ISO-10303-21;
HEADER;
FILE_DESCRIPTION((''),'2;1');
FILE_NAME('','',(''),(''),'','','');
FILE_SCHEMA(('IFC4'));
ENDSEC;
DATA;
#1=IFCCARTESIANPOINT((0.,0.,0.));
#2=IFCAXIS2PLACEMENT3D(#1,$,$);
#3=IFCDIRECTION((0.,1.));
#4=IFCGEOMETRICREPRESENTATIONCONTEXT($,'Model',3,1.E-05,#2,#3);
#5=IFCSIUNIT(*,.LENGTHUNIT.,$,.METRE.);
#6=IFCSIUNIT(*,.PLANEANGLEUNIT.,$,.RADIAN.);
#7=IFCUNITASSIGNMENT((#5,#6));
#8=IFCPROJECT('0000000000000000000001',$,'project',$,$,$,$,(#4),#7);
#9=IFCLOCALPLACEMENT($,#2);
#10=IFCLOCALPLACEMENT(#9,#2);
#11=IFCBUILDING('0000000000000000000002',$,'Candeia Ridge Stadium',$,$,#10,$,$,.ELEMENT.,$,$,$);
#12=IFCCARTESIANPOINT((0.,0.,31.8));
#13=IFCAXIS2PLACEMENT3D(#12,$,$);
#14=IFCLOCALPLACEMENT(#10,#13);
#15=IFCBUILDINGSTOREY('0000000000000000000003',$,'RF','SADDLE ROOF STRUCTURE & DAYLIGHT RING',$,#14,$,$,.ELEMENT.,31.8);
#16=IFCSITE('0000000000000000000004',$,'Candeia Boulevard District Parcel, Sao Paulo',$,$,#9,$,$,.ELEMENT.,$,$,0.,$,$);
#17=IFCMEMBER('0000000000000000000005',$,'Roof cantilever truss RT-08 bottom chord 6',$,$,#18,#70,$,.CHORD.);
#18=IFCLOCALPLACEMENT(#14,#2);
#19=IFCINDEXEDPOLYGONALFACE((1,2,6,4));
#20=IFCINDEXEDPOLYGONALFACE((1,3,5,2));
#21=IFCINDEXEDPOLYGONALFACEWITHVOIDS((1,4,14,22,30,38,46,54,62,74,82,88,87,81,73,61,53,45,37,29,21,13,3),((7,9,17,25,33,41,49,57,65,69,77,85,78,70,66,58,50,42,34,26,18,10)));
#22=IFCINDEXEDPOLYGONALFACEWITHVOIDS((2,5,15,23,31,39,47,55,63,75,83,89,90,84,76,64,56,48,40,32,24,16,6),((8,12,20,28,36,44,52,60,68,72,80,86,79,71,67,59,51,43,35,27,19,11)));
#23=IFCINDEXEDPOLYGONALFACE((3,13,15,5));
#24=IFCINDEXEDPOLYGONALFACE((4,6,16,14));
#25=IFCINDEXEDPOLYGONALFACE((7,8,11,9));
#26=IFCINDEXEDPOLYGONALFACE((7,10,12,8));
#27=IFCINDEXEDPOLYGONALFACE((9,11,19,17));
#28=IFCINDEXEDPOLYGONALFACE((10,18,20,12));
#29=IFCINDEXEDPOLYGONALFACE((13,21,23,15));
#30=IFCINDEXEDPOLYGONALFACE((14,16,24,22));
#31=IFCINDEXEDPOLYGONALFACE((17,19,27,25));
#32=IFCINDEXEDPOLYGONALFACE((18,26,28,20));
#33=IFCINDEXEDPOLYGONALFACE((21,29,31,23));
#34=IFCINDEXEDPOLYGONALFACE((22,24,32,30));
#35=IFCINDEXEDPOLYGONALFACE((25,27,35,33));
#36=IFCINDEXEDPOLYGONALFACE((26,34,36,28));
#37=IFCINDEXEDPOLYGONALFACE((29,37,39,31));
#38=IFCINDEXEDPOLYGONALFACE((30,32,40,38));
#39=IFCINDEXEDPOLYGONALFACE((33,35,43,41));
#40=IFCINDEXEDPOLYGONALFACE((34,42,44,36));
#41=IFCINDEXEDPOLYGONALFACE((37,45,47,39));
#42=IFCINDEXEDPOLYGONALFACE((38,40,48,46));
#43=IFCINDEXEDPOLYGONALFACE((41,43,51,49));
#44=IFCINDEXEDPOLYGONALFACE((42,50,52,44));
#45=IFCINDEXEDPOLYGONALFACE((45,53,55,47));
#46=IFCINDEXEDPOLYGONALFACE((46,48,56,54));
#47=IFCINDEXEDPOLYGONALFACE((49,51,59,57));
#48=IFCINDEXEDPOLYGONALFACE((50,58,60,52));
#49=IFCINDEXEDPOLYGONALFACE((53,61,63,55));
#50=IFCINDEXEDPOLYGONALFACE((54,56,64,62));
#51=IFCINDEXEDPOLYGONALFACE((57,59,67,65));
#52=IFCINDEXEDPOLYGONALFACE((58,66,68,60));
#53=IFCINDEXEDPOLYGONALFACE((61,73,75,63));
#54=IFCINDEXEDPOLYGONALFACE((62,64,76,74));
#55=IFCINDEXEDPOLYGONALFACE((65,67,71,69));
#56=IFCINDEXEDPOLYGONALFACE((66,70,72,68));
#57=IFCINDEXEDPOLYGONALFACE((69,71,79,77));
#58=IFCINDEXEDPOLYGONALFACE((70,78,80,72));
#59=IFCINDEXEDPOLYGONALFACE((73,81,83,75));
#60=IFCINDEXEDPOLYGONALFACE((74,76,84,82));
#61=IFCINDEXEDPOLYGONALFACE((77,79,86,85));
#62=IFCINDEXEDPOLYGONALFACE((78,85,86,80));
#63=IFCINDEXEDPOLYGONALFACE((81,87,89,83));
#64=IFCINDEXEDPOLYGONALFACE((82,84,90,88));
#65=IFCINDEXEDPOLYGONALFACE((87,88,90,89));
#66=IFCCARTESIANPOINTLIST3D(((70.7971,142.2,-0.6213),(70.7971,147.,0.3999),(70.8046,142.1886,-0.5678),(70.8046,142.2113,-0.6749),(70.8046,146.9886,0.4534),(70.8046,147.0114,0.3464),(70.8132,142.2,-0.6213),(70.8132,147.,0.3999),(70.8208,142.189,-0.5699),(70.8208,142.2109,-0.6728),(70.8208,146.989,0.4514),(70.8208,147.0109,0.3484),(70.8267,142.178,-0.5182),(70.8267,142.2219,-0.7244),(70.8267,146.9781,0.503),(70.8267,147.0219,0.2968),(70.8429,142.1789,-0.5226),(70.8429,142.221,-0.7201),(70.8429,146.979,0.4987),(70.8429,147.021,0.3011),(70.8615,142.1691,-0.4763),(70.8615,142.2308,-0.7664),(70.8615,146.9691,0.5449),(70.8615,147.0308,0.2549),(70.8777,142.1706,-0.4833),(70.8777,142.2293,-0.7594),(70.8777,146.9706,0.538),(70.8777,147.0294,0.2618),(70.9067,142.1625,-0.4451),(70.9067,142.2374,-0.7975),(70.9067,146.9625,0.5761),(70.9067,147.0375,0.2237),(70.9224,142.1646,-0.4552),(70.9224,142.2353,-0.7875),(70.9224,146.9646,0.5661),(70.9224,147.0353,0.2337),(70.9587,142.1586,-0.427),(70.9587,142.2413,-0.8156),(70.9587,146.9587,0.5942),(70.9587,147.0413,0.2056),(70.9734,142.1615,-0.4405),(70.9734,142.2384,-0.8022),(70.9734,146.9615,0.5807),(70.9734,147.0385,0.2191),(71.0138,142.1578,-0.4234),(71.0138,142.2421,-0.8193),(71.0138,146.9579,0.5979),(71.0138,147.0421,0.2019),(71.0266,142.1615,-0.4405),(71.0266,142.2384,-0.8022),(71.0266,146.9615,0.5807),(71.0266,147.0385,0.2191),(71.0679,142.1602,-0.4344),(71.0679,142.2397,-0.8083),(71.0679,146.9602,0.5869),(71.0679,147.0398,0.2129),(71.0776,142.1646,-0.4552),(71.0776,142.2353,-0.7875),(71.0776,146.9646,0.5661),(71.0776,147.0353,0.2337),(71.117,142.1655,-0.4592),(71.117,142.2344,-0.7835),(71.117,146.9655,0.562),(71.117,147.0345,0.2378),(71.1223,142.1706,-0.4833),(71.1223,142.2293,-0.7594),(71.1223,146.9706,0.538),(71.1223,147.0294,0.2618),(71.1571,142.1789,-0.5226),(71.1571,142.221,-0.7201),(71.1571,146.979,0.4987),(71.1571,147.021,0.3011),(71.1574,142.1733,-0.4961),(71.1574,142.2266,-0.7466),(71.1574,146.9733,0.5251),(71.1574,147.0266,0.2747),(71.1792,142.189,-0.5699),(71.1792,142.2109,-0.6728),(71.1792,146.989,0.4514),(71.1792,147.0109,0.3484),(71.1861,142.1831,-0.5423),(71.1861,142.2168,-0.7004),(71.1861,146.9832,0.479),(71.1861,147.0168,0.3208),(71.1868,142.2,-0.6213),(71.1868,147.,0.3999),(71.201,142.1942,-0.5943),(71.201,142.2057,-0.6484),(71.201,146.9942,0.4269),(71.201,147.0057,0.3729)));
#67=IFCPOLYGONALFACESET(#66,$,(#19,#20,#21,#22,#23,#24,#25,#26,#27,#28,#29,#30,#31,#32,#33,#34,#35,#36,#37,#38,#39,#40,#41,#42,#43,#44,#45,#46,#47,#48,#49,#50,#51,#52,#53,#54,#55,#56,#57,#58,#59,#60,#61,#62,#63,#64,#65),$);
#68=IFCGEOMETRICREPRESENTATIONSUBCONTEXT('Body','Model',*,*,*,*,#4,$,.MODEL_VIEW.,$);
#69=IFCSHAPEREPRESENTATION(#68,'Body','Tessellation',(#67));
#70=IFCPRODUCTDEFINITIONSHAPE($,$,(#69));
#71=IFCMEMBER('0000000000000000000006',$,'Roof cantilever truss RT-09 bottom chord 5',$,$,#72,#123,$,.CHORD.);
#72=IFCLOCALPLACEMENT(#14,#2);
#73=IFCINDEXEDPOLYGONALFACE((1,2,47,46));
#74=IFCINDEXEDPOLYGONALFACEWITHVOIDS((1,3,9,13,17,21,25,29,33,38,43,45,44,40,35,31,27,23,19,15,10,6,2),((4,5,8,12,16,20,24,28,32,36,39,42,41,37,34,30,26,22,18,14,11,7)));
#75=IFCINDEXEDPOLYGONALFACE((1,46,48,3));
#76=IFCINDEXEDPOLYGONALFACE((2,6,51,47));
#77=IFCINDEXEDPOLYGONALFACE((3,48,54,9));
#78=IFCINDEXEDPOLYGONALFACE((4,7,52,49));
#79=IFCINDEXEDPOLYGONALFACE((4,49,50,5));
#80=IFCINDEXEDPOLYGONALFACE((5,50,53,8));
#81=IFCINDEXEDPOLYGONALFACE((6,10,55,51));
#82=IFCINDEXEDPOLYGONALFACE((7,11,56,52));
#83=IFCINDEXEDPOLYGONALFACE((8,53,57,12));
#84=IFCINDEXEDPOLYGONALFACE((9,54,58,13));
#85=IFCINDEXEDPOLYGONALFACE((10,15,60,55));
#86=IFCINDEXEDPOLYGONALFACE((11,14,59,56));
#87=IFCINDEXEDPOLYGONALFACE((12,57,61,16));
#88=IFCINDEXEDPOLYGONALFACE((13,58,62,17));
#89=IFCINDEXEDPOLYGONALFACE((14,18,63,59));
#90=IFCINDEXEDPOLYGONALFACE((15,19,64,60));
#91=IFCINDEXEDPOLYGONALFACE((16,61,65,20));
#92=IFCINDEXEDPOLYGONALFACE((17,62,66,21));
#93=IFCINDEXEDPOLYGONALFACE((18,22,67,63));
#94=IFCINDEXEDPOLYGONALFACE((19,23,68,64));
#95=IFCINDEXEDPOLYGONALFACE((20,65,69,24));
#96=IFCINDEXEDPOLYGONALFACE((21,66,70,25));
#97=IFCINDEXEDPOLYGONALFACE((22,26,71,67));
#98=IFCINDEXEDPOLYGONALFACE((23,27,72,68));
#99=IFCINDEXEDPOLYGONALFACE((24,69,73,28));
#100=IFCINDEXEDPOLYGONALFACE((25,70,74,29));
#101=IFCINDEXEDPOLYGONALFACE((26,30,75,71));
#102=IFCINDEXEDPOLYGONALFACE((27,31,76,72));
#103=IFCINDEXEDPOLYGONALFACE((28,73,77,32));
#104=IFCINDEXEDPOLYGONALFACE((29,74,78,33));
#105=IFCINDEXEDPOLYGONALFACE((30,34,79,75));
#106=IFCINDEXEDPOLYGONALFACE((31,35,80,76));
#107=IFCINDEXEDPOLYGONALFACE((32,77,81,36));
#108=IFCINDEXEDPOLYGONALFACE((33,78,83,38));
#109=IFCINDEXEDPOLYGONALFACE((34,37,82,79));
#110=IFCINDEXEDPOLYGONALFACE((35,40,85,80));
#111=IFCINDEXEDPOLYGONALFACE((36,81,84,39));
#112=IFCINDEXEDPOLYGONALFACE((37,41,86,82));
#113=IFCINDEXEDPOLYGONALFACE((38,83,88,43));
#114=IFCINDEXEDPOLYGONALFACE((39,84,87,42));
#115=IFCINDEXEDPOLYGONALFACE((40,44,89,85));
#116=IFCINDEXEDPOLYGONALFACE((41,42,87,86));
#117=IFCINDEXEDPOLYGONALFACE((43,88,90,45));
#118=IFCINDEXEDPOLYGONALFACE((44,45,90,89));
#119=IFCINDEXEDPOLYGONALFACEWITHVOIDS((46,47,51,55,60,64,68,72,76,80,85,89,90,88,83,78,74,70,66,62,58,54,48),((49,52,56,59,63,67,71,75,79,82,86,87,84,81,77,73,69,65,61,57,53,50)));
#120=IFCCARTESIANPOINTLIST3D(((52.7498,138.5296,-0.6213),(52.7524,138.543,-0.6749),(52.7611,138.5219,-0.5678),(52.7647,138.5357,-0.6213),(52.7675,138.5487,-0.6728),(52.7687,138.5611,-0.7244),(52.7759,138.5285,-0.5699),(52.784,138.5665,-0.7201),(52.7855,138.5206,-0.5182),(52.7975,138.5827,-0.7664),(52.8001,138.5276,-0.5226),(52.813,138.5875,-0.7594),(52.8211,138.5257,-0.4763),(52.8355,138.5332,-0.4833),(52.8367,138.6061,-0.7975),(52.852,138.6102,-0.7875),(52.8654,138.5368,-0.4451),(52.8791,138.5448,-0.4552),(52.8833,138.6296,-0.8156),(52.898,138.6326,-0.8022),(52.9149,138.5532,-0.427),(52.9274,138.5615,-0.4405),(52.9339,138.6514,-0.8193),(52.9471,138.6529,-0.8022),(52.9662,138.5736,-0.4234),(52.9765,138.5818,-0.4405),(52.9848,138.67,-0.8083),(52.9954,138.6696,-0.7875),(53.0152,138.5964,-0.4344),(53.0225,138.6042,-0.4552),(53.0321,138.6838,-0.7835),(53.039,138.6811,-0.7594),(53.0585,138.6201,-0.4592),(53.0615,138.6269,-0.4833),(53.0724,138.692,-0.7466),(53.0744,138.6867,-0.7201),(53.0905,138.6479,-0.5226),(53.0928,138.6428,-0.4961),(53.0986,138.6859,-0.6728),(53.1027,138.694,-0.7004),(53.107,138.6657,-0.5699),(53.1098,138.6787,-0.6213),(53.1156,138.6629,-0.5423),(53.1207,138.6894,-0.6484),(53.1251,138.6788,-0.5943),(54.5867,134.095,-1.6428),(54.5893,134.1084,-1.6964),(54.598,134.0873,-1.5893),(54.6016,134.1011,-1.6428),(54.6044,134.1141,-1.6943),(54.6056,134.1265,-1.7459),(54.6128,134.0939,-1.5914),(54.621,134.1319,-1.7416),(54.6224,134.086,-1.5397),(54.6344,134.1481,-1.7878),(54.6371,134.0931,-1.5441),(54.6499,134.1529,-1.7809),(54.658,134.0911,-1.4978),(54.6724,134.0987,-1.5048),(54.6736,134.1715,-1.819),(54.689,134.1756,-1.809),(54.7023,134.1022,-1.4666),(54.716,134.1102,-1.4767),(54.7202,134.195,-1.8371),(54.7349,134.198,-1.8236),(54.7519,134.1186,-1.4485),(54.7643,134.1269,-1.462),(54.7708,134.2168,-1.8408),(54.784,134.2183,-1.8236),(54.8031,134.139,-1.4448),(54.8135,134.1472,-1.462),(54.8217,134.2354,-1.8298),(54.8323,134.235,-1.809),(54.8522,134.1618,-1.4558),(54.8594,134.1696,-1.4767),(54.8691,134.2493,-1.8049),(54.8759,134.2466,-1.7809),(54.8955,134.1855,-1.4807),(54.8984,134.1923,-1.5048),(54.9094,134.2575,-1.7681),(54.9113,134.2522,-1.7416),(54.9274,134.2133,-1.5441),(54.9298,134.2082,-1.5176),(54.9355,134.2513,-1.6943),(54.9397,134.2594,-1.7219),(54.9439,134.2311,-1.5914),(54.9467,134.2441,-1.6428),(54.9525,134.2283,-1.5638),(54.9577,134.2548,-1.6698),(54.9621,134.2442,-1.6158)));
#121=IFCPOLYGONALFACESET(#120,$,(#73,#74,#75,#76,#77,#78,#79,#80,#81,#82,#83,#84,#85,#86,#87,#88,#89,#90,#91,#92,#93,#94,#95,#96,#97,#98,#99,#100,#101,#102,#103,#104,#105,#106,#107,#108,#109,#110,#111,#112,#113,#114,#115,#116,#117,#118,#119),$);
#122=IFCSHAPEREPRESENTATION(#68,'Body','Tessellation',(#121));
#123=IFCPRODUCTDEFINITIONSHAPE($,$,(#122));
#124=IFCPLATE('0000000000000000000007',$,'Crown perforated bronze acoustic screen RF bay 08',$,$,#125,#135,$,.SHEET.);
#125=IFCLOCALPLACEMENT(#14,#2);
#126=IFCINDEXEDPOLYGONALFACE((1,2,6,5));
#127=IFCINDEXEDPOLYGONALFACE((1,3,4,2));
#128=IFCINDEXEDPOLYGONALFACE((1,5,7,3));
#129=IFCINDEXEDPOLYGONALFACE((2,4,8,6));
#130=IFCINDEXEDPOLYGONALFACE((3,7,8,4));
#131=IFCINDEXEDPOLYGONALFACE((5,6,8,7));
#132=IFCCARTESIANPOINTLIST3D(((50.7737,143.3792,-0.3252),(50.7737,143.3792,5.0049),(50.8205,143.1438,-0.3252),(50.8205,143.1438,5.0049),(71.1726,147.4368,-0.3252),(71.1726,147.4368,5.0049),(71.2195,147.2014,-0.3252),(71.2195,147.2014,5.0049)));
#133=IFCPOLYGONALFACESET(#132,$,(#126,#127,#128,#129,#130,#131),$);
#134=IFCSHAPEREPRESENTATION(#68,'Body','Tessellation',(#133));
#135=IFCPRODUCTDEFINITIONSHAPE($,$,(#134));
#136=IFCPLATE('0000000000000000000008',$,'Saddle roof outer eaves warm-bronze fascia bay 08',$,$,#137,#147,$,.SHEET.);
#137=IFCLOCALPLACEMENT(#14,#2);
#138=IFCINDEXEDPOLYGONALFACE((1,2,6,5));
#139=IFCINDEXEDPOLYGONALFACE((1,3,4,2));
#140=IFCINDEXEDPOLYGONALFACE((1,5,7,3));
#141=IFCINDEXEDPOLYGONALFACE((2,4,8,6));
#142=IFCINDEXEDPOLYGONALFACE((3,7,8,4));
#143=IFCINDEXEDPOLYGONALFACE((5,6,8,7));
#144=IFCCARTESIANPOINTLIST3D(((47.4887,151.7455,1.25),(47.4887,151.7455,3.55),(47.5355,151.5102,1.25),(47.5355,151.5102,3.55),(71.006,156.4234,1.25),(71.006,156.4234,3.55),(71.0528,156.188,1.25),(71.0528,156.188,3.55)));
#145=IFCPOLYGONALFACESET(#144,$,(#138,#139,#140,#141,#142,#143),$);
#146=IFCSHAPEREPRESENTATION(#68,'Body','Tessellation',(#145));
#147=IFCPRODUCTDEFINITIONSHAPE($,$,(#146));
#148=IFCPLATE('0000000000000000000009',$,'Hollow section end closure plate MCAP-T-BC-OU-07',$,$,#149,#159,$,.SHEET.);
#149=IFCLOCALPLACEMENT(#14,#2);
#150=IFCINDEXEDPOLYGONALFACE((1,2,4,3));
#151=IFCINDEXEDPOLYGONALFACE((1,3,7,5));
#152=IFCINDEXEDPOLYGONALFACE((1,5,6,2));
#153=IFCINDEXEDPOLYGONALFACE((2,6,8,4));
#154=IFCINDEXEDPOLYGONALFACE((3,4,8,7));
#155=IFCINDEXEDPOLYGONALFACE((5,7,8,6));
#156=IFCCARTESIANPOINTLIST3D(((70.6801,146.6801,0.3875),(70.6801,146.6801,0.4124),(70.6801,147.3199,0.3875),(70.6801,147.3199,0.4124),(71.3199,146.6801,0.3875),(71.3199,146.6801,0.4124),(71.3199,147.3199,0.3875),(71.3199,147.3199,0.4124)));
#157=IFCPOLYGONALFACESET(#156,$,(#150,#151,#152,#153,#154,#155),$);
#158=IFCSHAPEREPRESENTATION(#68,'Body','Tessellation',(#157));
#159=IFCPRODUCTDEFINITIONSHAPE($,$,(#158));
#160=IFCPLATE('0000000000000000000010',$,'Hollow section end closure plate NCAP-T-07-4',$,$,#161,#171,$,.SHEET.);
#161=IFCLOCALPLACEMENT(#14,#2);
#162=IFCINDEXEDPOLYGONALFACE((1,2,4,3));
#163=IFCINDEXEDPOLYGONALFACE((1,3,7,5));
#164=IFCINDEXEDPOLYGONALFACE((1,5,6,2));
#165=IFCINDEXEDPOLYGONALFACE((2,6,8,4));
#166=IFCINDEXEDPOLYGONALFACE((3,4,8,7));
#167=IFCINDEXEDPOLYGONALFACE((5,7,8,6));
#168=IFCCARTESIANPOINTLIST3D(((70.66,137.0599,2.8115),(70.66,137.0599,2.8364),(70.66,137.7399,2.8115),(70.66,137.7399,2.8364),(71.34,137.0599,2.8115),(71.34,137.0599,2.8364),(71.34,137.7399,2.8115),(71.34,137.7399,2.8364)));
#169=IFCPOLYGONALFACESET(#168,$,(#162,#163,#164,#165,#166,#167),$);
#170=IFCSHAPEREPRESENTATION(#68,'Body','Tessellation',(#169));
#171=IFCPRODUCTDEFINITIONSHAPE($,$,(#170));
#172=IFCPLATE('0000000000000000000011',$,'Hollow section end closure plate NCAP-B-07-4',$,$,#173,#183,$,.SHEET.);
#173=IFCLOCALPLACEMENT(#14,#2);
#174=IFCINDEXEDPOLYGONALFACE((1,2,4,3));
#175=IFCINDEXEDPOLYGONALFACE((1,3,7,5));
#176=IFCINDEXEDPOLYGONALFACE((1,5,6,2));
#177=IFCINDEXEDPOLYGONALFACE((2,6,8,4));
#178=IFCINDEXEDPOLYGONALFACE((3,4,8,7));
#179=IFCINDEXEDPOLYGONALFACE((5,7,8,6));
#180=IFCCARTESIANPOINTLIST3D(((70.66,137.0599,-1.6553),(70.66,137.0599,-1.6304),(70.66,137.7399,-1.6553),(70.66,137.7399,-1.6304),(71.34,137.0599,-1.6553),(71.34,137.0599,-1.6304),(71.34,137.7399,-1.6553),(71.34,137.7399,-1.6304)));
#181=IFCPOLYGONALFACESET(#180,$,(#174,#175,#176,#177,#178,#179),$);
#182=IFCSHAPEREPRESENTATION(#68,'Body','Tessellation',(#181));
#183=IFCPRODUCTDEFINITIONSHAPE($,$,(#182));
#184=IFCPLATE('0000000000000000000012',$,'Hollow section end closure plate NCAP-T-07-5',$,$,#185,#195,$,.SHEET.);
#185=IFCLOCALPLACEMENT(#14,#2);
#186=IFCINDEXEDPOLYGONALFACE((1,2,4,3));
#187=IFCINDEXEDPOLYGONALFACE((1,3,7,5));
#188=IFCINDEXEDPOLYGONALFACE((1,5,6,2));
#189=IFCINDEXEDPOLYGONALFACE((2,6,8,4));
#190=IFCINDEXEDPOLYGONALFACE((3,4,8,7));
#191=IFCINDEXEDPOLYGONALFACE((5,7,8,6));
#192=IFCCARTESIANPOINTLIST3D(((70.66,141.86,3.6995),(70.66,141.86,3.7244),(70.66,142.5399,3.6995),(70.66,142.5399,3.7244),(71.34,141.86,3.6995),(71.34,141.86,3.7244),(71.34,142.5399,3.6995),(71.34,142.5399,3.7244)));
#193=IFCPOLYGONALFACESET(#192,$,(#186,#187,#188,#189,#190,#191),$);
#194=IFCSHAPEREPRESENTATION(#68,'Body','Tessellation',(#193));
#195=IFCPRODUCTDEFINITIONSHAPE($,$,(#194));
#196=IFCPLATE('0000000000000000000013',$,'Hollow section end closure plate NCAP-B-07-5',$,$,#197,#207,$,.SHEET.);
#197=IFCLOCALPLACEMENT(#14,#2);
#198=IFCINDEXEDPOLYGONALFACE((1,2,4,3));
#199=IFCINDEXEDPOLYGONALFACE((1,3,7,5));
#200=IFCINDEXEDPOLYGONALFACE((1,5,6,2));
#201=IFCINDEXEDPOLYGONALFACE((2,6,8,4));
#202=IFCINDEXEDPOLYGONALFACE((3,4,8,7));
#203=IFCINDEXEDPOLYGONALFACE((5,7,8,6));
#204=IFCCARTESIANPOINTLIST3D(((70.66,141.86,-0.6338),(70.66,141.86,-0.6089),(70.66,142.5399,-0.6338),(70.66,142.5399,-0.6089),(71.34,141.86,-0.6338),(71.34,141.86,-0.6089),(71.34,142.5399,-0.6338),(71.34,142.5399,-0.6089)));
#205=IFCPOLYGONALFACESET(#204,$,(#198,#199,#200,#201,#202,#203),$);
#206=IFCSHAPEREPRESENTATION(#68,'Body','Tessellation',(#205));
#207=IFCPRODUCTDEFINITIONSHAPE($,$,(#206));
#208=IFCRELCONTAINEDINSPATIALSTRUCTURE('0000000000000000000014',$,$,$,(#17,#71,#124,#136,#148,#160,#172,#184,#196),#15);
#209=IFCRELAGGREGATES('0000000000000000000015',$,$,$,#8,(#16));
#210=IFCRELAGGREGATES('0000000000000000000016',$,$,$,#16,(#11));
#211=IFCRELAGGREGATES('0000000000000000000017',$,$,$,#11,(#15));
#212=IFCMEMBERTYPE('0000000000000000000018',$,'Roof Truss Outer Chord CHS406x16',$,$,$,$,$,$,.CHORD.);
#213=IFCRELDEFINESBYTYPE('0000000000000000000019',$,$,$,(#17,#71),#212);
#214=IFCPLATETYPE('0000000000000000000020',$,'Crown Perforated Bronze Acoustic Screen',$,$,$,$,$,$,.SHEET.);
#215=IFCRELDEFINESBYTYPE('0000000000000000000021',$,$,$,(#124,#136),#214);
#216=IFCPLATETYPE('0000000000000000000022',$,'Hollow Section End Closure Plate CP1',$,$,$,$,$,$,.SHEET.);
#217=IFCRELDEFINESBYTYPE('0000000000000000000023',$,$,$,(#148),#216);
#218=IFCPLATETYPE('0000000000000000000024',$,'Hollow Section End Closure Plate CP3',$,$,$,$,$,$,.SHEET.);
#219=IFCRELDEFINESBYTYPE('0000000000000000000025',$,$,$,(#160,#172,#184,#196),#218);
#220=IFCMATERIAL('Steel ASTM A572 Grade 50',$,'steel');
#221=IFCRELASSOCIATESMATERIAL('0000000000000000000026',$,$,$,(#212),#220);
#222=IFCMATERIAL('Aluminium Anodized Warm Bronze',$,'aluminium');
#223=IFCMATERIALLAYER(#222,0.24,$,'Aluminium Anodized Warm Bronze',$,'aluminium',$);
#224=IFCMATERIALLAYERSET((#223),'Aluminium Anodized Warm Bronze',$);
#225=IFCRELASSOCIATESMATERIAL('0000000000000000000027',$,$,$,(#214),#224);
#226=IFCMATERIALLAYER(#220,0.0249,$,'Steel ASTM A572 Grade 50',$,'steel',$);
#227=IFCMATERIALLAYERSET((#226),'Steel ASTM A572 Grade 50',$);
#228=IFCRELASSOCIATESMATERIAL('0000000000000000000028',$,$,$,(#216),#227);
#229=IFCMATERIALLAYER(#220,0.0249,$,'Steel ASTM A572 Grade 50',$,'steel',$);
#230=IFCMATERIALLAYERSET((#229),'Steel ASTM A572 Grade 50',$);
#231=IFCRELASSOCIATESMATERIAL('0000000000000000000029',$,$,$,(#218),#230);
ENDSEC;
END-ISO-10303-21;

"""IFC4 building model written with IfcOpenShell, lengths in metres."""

from ifc_helpers import new_model, si_unit, direction, frame, origin, origin_2d, place, context, subcontext, project, spatial, rectangle, hollow_circle, extrude, material, layer, layer_set, material_profile, profile_set, type_object, element, save


model = new_model("IFC4")

# Units and contexts
model_context = context("Model", 3, precision=1e-05, world=origin(), true_north=direction((0.0, 1.0)))
body_context = subcontext(model_context, "Body", "Model", "MODEL_VIEW")
ifc_project = project(units=[si_unit("LENGTHUNIT", "METRE"), si_unit("PLANEANGLEUNIT", "RADIAN")], contexts=[model_context])

# Site, building, storey
site_placement = place(None, origin())
site = spatial("IfcSite", under=ifc_project, at=site_placement, Name="Candeia Boulevard District Parcel, Sao Paulo", CompositionType="ELEMENT", RefElevation=0.0)
building_placement = place(site_placement, origin())
building = spatial("IfcBuilding", under=site, at=building_placement, Name="Candeia Ridge Stadium", CompositionType="ELEMENT")
storey_placement = place(building_placement, frame((0.0, 0.0, 31.8)))
storey = spatial("IfcBuildingStorey", under=building, at=storey_placement, Name="RF", Description="SADDLE ROOF STRUCTURE & DAYLIGHT RING", CompositionType="ELEMENT", Elevation=31.8)

# Shared definitions
ifc_material_1 = material(Name="Steel ASTM A572 Grade 50", Category="steel")

# Members
ifc_material_profile_1 = material_profile(ifc_material_1, hollow_circle(Radius=0.2029, WallThickness=0.0161, at=origin_2d()), Name="CHS406x16", Category="steel")
ifc_profile_set_1 = profile_set([ifc_material_profile_1], Name="Steel ASTM A572 Grade 50")
member_type_1 = type_object("IfcMemberType", Name="Roof Truss Outer Chord CHS406x16", PredefinedType="CHORD", material=ifc_profile_set_1)
for number, where, z_axis, x_axis, name in (
    (1, (71.0, 142.2, -0.6213), (0.0, 0.978108, 0.208099), (-1.0, 0.0, 0.0), "Roof cantilever truss RT-08 bottom chord 6"),
    (2, (54.7742, 134.1726, -1.6428), (-0.374311, 0.90364, 0.20815), (-0.923875, -0.382693, 0.0), "Roof cantilever truss RT-09 bottom chord 5"),
):
    element("IfcMember", number, at=place(storey_placement, frame(where, z_axis=z_axis, x_axis=x_axis)), inside=storey, type_object=member_type_1, Name=name, PredefinedType="CHORD", context=body_context, shape_type="SweptSolid", body=[
        extrude(hollow_circle(Radius=0.2029, WallThickness=0.0161, at=origin_2d()), origin(), (0.0, 0.0, 1.0), 4.9075),
    ])

# Plates
ifc_material_2 = material(Name="Aluminium Anodized Warm Bronze", Category="aluminium")
ifc_layer_1 = layer(ifc_material_2, 0.24, Name="Aluminium Anodized Warm Bronze", Category="aluminium")
ifc_layer_set_1 = layer_set([ifc_layer_1], Name="Aluminium Anodized Warm Bronze")
plate_type_1 = type_object("IfcPlateType", Name="Crown Perforated Bronze Acoustic Screen", PredefinedType="SHEET", material=ifc_layer_set_1)
plate_1_placement = place(storey_placement, frame((60.9966, 145.2903, -0.3252), z_axis=(0.0, 0.0, 1.0), x_axis=(-0.980785, -0.19509, 0.0)))
element("IfcPlate", 3, at=plate_1_placement, inside=storey, type_object=plate_type_1, Name="Crown perforated bronze acoustic screen RF bay 08", PredefinedType="SHEET", context=body_context, shape_type="SweptSolid", body=[
    extrude(rectangle(XDim=20.7986, YDim=0.24, at=origin_2d()), origin(), (0.0, 0.0, 1.0), 5.3301),
])
plate_2_placement = place(storey_placement, frame((59.2708, 153.9668, 1.25), z_axis=(0.0, 0.0, 1.0), x_axis=(-0.980785, -0.19509, 0.0)))
element("IfcPlate", 4, at=plate_2_placement, inside=storey, type_object=plate_type_1, Name="Saddle roof outer eaves warm-bronze fascia bay 08", PredefinedType="SHEET", context=body_context, shape_type="SweptSolid", body=[
    extrude(rectangle(XDim=23.978, YDim=0.24, at=origin_2d()), origin(), (0.0, 0.0, 1.0), 2.3),
])
ifc_layer_2 = layer(ifc_material_1, 0.0249, Name="Steel ASTM A572 Grade 50", Category="steel")
ifc_layer_set_2 = layer_set([ifc_layer_2], Name="Steel ASTM A572 Grade 50")
plate_type_2 = type_object("IfcPlateType", Name="Hollow Section End Closure Plate CP1", PredefinedType="SHEET", material=ifc_layer_set_2)
plate_3_placement = place(storey_placement, frame((71.0, 147.0, 0.3875), z_axis=(0.0, 0.0, 1.0), x_axis=(1.0, 0.0, 0.0)))
element("IfcPlate", 5, at=plate_3_placement, inside=storey, type_object=plate_type_2, Name="Hollow section end closure plate MCAP-T-BC-OU-07", PredefinedType="SHEET", context=body_context, shape_type="SweptSolid", body=[
    extrude(rectangle(XDim=0.6399, YDim=0.6399, at=origin_2d()), origin(), (0.0, 0.0, 1.0), 0.0249),
])
ifc_layer_3 = layer(ifc_material_1, 0.0249, Name="Steel ASTM A572 Grade 50", Category="steel")
ifc_layer_set_3 = layer_set([ifc_layer_3], Name="Steel ASTM A572 Grade 50")
plate_type_3 = type_object("IfcPlateType", Name="Hollow Section End Closure Plate CP3", PredefinedType="SHEET", material=ifc_layer_set_3)
for number, where, z_axis, x_axis, name in (
    (6, (71.0, 137.3999, 2.8115), (0.0, 0.0, 1.0), (1.0, 0.0, 0.0), "Hollow section end closure plate NCAP-T-07-4"),
    (7, (71.0, 137.3999, -1.6553), (0.0, 0.0, 1.0), (1.0, 0.0, 0.0), "Hollow section end closure plate NCAP-B-07-4"),
    (8, (71.0, 142.2, 3.6995), (0.0, 0.0, 1.0), (1.0, 0.0, 0.0), "Hollow section end closure plate NCAP-T-07-5"),
    (9, (71.0, 142.2, -0.6338), (0.0, 0.0, 1.0), (1.0, 0.0, 0.0), "Hollow section end closure plate NCAP-B-07-5"),
):
    element("IfcPlate", number, at=place(storey_placement, frame(where, z_axis=z_axis, x_axis=x_axis)), inside=storey, type_object=plate_type_3, Name=name, PredefinedType="SHEET", context=body_context, shape_type="SweptSolid", body=[
        extrude(rectangle(XDim=0.6799, YDim=0.6799, at=origin_2d()), origin(), (0.0, 0.0, 1.0), 0.0249),
    ])

save(model, "model.ifc")
